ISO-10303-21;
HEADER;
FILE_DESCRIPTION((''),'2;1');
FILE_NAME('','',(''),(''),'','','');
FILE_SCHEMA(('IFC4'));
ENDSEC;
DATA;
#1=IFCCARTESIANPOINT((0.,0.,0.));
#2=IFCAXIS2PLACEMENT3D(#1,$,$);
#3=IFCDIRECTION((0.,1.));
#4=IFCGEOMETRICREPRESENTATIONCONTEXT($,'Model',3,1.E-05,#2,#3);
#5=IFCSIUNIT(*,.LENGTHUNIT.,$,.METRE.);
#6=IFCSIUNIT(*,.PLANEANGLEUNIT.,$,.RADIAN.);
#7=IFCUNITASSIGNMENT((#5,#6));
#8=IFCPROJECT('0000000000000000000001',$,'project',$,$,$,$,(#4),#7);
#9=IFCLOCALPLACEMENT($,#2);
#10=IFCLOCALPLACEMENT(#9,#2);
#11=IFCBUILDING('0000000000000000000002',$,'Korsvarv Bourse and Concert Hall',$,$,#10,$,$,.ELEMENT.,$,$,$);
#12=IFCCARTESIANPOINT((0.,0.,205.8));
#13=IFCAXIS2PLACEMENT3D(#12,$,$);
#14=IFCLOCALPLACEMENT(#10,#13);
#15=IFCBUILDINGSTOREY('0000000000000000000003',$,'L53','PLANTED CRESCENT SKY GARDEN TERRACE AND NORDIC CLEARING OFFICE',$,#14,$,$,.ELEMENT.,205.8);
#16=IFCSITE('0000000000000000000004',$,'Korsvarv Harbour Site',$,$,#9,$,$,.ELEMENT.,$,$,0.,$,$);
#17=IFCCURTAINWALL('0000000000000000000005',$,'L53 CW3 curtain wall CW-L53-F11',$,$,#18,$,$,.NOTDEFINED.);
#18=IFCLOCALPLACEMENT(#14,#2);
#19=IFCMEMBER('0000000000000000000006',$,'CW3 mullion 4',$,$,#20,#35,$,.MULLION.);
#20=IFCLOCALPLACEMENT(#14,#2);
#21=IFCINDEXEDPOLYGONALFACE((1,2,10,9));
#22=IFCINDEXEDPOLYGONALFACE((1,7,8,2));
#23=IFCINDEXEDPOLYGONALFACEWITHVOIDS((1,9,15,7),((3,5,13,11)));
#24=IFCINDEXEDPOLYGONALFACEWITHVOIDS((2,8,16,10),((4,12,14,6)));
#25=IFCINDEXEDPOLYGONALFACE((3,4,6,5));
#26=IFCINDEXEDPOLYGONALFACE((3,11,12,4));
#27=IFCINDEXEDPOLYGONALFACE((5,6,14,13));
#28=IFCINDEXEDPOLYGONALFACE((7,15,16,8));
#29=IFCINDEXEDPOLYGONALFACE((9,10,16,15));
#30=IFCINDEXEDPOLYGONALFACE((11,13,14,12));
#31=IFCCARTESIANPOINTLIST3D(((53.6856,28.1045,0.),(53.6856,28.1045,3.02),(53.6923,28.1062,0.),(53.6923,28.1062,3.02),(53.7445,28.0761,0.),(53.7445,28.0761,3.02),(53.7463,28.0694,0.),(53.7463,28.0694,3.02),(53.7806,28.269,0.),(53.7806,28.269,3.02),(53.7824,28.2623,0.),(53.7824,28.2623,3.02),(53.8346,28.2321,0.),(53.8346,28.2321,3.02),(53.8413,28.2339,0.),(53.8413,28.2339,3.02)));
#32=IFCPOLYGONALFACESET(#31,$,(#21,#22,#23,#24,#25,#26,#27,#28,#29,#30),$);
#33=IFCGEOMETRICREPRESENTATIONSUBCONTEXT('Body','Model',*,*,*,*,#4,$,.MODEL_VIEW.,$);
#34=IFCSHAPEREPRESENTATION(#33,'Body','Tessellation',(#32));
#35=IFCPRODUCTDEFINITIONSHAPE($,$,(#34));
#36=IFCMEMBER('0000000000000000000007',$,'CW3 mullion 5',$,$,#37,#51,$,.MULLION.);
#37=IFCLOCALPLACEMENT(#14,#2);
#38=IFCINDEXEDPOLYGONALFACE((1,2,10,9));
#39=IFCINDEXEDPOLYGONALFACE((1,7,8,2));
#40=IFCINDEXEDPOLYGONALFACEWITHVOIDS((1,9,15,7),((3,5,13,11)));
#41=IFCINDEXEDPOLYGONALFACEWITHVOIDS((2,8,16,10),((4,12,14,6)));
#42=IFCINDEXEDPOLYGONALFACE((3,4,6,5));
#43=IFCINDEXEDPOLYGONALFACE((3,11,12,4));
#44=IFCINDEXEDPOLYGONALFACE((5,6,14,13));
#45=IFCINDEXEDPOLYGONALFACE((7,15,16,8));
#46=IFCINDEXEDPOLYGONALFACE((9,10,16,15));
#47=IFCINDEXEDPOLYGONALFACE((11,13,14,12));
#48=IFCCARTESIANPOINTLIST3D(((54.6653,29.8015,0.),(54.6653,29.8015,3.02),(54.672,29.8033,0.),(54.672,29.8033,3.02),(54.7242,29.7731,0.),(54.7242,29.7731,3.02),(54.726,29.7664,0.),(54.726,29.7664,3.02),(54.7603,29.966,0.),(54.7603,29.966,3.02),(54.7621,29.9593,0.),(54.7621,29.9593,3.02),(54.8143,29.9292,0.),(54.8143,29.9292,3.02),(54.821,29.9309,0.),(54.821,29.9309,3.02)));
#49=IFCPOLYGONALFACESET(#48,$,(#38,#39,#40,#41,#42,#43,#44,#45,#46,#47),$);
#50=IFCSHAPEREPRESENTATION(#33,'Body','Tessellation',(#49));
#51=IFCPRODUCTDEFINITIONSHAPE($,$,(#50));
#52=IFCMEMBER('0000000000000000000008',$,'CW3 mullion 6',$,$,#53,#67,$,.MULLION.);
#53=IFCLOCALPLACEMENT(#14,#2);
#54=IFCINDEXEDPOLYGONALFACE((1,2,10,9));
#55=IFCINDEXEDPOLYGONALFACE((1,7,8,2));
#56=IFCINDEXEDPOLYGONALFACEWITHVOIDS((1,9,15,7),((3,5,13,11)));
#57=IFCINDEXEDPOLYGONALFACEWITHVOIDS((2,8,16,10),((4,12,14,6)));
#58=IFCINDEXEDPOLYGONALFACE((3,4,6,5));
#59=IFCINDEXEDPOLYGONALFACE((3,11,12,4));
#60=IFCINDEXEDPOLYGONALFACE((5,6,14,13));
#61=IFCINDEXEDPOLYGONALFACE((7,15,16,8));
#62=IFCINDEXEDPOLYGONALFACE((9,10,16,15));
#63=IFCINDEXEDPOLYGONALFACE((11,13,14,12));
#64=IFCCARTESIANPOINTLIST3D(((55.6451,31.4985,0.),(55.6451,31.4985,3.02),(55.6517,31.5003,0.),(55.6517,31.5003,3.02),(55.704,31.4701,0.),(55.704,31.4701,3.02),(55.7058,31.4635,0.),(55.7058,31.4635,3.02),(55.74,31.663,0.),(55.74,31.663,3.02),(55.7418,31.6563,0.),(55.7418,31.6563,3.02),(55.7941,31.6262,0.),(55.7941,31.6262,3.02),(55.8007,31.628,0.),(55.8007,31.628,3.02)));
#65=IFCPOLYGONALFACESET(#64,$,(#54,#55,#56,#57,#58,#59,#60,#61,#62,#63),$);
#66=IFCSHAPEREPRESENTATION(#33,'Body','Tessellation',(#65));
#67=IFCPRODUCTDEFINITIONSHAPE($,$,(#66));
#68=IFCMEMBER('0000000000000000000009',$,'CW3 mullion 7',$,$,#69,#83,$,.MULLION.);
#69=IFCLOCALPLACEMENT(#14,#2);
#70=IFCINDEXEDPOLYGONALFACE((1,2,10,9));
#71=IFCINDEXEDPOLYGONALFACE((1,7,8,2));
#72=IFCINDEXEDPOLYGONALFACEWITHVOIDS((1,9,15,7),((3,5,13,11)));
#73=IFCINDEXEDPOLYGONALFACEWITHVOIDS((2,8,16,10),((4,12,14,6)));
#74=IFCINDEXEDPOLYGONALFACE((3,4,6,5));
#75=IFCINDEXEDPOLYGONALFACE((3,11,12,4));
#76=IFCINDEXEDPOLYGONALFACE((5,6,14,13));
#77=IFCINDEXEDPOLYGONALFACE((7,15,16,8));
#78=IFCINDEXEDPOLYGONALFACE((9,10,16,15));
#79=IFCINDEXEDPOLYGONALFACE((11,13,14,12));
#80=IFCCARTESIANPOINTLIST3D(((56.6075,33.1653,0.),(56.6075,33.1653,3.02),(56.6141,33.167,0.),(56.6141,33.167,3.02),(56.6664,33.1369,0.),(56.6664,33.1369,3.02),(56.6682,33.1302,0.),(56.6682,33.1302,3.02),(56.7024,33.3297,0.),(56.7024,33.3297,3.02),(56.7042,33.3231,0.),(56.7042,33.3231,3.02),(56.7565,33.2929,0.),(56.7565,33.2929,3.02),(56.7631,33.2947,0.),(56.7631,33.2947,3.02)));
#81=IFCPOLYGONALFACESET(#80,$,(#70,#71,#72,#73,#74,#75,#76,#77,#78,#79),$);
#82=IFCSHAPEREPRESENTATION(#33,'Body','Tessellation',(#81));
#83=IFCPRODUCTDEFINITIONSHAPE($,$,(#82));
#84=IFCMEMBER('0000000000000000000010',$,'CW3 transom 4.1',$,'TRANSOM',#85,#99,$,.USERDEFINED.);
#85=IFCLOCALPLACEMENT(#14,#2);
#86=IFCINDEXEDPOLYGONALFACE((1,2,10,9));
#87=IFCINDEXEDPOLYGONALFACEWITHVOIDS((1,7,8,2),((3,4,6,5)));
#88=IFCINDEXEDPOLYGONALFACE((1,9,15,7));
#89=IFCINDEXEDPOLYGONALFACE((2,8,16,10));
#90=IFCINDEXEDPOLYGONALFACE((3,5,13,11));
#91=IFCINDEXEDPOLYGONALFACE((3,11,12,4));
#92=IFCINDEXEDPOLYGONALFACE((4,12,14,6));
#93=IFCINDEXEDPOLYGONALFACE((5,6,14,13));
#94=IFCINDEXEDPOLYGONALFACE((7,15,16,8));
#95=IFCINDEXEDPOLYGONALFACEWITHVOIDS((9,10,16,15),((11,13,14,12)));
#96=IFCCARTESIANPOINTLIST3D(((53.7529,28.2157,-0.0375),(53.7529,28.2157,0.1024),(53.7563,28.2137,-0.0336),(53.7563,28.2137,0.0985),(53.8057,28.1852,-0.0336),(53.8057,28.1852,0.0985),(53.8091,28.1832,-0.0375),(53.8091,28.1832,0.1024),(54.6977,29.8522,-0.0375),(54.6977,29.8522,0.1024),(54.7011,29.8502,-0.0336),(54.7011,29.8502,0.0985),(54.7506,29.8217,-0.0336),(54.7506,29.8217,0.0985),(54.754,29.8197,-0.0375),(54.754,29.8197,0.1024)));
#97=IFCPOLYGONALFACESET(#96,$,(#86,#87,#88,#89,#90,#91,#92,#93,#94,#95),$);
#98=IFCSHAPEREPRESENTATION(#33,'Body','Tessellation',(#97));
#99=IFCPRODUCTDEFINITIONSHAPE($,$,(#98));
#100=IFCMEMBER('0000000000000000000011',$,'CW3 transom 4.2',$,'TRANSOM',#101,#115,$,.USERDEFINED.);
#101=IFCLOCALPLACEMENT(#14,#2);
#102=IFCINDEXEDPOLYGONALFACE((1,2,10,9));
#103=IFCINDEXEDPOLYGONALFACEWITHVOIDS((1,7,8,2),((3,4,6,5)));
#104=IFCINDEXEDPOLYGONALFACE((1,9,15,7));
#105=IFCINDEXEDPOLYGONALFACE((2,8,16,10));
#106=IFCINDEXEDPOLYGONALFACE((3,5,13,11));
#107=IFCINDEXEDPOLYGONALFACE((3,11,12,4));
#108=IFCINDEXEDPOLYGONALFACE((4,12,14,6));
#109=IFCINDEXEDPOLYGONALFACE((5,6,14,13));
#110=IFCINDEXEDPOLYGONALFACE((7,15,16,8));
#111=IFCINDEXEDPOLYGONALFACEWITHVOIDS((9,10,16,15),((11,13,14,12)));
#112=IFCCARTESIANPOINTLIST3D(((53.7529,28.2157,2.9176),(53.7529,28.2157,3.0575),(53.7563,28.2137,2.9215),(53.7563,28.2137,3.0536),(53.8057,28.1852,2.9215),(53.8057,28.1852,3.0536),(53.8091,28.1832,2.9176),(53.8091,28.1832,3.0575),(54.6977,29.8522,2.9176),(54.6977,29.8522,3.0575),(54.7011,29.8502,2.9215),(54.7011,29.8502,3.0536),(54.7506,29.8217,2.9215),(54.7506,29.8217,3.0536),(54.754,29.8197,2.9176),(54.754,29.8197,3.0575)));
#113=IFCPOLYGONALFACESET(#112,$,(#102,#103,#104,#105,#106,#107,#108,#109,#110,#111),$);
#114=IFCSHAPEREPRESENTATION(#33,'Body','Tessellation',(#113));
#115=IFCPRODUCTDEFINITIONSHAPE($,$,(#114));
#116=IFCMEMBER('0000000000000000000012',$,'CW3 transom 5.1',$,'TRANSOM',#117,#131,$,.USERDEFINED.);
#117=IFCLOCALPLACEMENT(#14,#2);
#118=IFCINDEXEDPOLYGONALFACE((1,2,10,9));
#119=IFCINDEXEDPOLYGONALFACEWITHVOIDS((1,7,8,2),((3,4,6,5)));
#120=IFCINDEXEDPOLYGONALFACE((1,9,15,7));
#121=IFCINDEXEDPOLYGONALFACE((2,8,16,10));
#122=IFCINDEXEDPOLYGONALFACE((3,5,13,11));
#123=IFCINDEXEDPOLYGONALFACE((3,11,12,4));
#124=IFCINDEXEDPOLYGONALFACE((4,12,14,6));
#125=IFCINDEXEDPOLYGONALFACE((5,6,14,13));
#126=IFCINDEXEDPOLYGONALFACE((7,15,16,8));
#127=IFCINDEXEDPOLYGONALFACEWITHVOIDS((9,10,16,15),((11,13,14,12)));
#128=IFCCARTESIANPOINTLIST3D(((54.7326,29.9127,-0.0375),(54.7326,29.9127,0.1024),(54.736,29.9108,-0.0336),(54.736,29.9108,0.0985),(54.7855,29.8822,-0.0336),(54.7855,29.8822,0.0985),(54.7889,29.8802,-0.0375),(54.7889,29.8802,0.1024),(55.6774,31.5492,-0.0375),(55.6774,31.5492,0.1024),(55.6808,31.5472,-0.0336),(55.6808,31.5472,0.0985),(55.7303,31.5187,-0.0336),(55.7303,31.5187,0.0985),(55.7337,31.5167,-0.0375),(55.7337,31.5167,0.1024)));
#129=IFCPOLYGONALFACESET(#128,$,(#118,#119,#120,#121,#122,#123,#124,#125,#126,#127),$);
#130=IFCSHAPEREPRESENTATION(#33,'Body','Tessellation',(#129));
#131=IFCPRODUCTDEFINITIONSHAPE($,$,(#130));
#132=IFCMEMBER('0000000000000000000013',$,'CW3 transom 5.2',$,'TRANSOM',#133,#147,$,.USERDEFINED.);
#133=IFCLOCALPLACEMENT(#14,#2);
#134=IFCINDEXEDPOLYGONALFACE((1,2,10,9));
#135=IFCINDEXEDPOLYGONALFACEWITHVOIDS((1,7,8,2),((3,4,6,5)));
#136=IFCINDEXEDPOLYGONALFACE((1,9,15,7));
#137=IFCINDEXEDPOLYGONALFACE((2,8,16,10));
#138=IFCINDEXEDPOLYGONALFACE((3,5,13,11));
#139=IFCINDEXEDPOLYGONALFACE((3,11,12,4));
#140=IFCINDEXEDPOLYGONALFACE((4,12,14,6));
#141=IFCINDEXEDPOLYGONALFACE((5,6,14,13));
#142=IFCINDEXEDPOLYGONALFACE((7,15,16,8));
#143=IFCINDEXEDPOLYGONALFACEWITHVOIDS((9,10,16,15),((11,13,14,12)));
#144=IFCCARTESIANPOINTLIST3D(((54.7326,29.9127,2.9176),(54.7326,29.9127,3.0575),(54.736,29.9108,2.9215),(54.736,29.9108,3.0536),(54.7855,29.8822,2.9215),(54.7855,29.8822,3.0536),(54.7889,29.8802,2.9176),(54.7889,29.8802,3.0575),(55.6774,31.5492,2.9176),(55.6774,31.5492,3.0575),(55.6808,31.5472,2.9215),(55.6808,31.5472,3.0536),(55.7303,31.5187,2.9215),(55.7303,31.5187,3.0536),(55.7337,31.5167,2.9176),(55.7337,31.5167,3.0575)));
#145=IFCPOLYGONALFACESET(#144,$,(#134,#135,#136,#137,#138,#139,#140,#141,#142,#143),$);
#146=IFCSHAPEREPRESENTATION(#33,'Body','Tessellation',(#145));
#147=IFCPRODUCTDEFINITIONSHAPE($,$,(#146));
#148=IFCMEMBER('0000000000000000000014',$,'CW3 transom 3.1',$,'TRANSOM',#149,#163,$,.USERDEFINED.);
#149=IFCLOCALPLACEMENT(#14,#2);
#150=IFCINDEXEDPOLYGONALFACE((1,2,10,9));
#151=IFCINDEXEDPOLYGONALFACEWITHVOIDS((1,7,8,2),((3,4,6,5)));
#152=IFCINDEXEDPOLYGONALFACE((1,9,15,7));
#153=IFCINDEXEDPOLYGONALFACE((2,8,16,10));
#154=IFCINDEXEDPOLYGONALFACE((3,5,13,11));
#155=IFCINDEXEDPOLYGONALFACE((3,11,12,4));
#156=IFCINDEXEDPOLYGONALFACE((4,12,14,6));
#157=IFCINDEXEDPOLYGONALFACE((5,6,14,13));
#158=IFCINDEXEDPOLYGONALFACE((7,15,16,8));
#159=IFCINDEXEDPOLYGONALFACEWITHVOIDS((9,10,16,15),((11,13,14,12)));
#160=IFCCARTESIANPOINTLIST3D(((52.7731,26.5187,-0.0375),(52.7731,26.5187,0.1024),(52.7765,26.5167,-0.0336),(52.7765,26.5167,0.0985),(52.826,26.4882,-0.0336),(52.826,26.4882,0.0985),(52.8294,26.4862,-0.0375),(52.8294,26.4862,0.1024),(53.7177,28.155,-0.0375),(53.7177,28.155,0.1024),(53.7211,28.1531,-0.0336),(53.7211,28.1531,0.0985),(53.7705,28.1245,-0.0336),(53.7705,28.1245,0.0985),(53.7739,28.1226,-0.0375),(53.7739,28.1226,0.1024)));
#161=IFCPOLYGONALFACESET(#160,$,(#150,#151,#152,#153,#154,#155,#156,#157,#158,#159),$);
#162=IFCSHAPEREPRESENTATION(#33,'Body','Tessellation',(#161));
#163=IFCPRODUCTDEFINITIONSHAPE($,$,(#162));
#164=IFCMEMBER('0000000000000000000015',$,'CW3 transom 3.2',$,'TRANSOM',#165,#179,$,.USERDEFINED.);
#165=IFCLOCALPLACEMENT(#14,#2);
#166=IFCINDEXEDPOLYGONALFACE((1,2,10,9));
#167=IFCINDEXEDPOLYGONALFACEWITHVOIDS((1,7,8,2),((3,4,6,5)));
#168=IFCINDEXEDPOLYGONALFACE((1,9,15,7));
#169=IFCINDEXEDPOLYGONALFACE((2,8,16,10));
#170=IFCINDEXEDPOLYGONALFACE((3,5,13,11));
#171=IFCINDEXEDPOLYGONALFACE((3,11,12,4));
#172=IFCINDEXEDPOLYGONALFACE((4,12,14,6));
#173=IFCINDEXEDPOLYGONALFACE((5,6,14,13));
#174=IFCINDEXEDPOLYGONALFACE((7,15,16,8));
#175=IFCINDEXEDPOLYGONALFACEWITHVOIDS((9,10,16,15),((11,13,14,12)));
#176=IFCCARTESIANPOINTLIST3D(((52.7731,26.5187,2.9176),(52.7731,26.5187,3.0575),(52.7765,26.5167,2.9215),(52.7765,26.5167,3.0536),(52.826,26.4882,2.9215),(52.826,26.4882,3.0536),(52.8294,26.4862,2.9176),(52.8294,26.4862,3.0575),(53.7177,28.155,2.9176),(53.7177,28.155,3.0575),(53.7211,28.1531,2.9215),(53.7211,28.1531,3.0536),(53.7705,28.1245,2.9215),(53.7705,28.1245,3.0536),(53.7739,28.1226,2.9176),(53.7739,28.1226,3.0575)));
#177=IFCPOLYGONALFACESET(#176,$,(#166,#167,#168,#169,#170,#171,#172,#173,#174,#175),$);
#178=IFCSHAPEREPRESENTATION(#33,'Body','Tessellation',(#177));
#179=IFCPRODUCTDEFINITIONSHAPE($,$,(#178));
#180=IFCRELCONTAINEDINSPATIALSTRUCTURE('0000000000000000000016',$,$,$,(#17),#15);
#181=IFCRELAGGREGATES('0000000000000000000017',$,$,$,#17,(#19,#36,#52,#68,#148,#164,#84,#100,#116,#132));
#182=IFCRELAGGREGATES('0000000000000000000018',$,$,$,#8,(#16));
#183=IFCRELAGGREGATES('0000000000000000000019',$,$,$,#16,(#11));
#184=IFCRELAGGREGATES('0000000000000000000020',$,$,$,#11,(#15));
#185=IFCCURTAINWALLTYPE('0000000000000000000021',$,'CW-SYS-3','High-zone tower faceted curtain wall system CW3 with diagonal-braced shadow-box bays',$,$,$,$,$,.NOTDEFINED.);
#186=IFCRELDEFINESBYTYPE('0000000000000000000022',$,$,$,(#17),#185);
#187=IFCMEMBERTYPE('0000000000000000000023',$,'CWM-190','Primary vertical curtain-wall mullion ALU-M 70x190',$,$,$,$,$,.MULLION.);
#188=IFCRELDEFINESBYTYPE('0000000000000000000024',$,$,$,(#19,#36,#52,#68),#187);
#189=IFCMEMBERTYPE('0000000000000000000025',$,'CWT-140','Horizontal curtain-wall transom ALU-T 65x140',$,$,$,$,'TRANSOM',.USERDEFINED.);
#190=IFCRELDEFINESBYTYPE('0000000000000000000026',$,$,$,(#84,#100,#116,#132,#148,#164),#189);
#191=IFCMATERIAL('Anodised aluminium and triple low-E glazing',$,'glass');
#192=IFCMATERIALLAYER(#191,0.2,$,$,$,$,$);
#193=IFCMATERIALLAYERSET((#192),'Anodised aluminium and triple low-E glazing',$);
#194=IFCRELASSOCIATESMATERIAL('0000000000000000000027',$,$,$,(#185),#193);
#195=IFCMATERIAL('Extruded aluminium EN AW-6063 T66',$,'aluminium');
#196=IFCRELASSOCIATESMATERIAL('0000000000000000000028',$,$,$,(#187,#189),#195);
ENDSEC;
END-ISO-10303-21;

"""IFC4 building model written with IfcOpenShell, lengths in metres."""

from ifc_helpers import new_model, si_unit, direction, frame, origin, origin_2d, place, context, subcontext, project, spatial, hollow_rectangle, extrude, source, transform, mapped, material, layer, layer_set, material_profile, profile_set, type_object, element, aggregate, save


model = new_model("IFC4")

# Units and contexts
model_context = context("Model", 3, precision=1e-05, world=origin(), true_north=direction((0.0, 1.0)))
body_context = subcontext(model_context, "Body", "Model", "MODEL_VIEW")
ifc_project = project(units=[si_unit("LENGTHUNIT", "METRE"), si_unit("PLANEANGLEUNIT", "RADIAN")], contexts=[model_context])

# Site, building, storey
site_placement = place(None, origin())
site = spatial("IfcSite", under=ifc_project, at=site_placement, Name="Korsvarv Harbour Site", CompositionType="ELEMENT", RefElevation=0.0)
building_placement = place(site_placement, origin())
building = spatial("IfcBuilding", under=site, at=building_placement, Name="Korsvarv Bourse and Concert Hall", CompositionType="ELEMENT")
storey_placement = place(building_placement, frame((0.0, 0.0, 205.8)))
storey = spatial("IfcBuildingStorey", under=building, at=storey_placement, Name="L53", Description="PLANTED CRESCENT SKY GARDEN TERRACE AND NORDIC CLEARING OFFICE", CompositionType="ELEMENT", Elevation=205.8)

# Curtain wall, members
ifc_material_1 = material(Name="Anodised aluminium and triple low-E glazing", Category="glass")
ifc_layer_1 = layer(ifc_material_1, 0.2)
ifc_layer_set_1 = layer_set([ifc_layer_1], Name="Anodised aluminium and triple low-E glazing")
curtain_wall_type = type_object("IfcCurtainWallType", Name="CW-SYS-3", Description="High-zone tower faceted curtain wall system CW3 with diagonal-braced shadow-box bays", PredefinedType="NOTDEFINED", material=ifc_layer_set_1)
curtain_wall_placement = place(storey_placement, origin())
curtain_wall = element("IfcCurtainWall", 1, at=curtain_wall_placement, inside=storey, type_object=curtain_wall_type, Name="L53 CW3 curtain wall CW-L53-F11", PredefinedType="NOTDEFINED")
ifc_material_2 = material(Name="Extruded aluminium EN AW-6063 T66", Category="aluminium")
ifc_material_profile_1 = material_profile(ifc_material_2, hollow_rectangle(XDim=0.0701, YDim=0.1899, WallThickness=0.0049, at=origin_2d()), Name="ALU-M 70x190")
ifc_profile_set_1 = profile_set([ifc_material_profile_1], Name="Extruded aluminium EN AW-6063 T66")
member_type_1 = type_object("IfcMemberType", Name="CWM-190", Description="Primary vertical curtain-wall mullion ALU-M 70x190", PredefinedType="MULLION", material=ifc_profile_set_1)
shared_shape_1 = source(origin(), body_context, "Body", "SweptSolid", [
    extrude(hollow_rectangle(XDim=0.0701, YDim=0.1899, WallThickness=0.0049, at=origin_2d()), origin(), (0.0, 0.0, 1.0), 3.02),
])
member_1_placement = place(storey_placement, frame((53.7634, 28.1692, 0.0), z_axis=(0.0, 0.0, 1.0), x_axis=(-0.866027, 0.499997, 0.0)))
member_1 = element("IfcMember", 2, at=member_1_placement, type_object=member_type_1, Name="CW3 mullion 4", PredefinedType="MULLION", context=body_context, shape_type="MappedRepresentation", body=[
    mapped(shared_shape_1, transform((0.0, 0.0, 0.0), scale=1.0)),
])
member_2_placement = place(storey_placement, frame((54.7432, 29.8662, 0.0), z_axis=(0.0, 0.0, 1.0), x_axis=(-0.866027, 0.499997, 0.0)))
member_2 = element("IfcMember", 3, at=member_2_placement, type_object=member_type_1, Name="CW3 mullion 5", PredefinedType="MULLION", context=body_context, shape_type="MappedRepresentation", body=[
    mapped(shared_shape_1, transform((0.0, 0.0, 0.0), scale=1.0)),
])
member_3_placement = place(storey_placement, frame((55.7229, 31.5632, 0.0), z_axis=(0.0, 0.0, 1.0), x_axis=(-0.866027, 0.499997, 0.0)))
member_3 = element("IfcMember", 4, at=member_3_placement, type_object=member_type_1, Name="CW3 mullion 6", PredefinedType="MULLION", context=body_context, shape_type="MappedRepresentation", body=[
    mapped(shared_shape_1, transform((0.0, 0.0, 0.0), scale=1.0)),
])
member_4_placement = place(storey_placement, frame((56.6853, 33.23, 0.0), z_axis=(0.0, 0.0, 1.0), x_axis=(-0.866027, 0.499997, 0.0)))
member_4 = element("IfcMember", 5, at=member_4_placement, type_object=member_type_1, Name="CW3 mullion 7", PredefinedType="MULLION", context=body_context, shape_type="MappedRepresentation", body=[
    mapped(shared_shape_1, transform((0.0, 0.0, 0.0), scale=1.0)),
])
ifc_material_profile_2 = material_profile(ifc_material_2, hollow_rectangle(XDim=0.0649, YDim=0.1399, WallThickness=0.0039, at=origin_2d()), Name="ALU-T 65x140")
ifc_profile_set_2 = profile_set([ifc_material_profile_2], Name="Extruded aluminium EN AW-6063 T66")
member_type_2 = type_object("IfcMemberType", Name="CWT-140", Description="Horizontal curtain-wall transom ALU-T 65x140", ElementType="TRANSOM", PredefinedType="USERDEFINED", material=ifc_profile_set_2)
shared_shape_2 = source(origin(), body_context, "Body", "SweptSolid", [
    extrude(hollow_rectangle(XDim=0.0649, YDim=0.1399, WallThickness=0.0039, at=origin_2d()), origin(), (0.0, 0.0, 1.0), 1.8896),
])
member_5_placement = place(storey_placement, frame((53.781, 28.1995, 0.0325), z_axis=(0.500002, 0.866024, 0.0), x_axis=(-0.866024, 0.500002, 0.0)))
member_5 = element("IfcMember", 6, at=member_5_placement, type_object=member_type_2, Name="CW3 transom 4.1", ObjectType="TRANSOM", PredefinedType="USERDEFINED", context=body_context, shape_type="MappedRepresentation", body=[
    mapped(shared_shape_2, transform((0.0, 0.0, 0.0), scale=1.0)),
])
member_6_placement = place(storey_placement, frame((53.781, 28.1995, 2.9875), z_axis=(0.500002, 0.866024, 0.0), x_axis=(-0.866024, 0.500002, 0.0)))
member_6 = element("IfcMember", 7, at=member_6_placement, type_object=member_type_2, Name="CW3 transom 4.2", ObjectType="TRANSOM", PredefinedType="USERDEFINED", context=body_context, shape_type="MappedRepresentation", body=[
    mapped(shared_shape_2, transform((0.0, 0.0, 0.0), scale=1.0)),
])
member_7_placement = place(storey_placement, frame((54.7607, 29.8965, 0.0325), z_axis=(0.500002, 0.866024, 0.0), x_axis=(-0.866024, 0.500002, 0.0)))
member_7 = element("IfcMember", 8, at=member_7_placement, type_object=member_type_2, Name="CW3 transom 5.1", ObjectType="TRANSOM", PredefinedType="USERDEFINED", context=body_context, shape_type="MappedRepresentation", body=[
    mapped(shared_shape_2, transform((0.0, 0.0, 0.0), scale=1.0)),
])
member_8_placement = place(storey_placement, frame((54.7607, 29.8965, 2.9875), z_axis=(0.500002, 0.866024, 0.0), x_axis=(-0.866024, 0.500002, 0.0)))
member_8 = element("IfcMember", 9, at=member_8_placement, type_object=member_type_2, Name="CW3 transom 5.2", ObjectType="TRANSOM", PredefinedType="USERDEFINED", context=body_context, shape_type="MappedRepresentation", body=[
    mapped(shared_shape_2, transform((0.0, 0.0, 0.0), scale=1.0)),
])
shared_shape_3 = source(origin(), body_context, "Body", "SweptSolid", [
    extrude(hollow_rectangle(XDim=0.0649, YDim=0.1399, WallThickness=0.0039, at=origin_2d()), origin(), (0.0, 0.0, 1.0), 1.8894),
])
member_9_placement = place(storey_placement, frame((52.8013, 26.5024, 0.0325), z_axis=(0.499905, 0.86608, 0.0), x_axis=(-0.86608, 0.499905, 0.0)))
member_9 = element("IfcMember", 10, at=member_9_placement, type_object=member_type_2, Name="CW3 transom 3.1", ObjectType="TRANSOM", PredefinedType="USERDEFINED", context=body_context, shape_type="MappedRepresentation", body=[
    mapped(shared_shape_3, transform((0.0, 0.0, 0.0), scale=1.0)),
])
member_10_placement = place(storey_placement, frame((52.8013, 26.5024, 2.9875), z_axis=(0.499905, 0.86608, 0.0), x_axis=(-0.86608, 0.499905, 0.0)))
member_10 = element("IfcMember", 11, at=member_10_placement, type_object=member_type_2, Name="CW3 transom 3.2", ObjectType="TRANSOM", PredefinedType="USERDEFINED", context=body_context, shape_type="MappedRepresentation", body=[
    mapped(shared_shape_3, transform((0.0, 0.0, 0.0), scale=1.0)),
])
aggregate(curtain_wall, [member_1, member_2, member_3, member_4, member_9, member_10, member_5, member_6, member_7, member_8])

save(model, "model.ifc")
